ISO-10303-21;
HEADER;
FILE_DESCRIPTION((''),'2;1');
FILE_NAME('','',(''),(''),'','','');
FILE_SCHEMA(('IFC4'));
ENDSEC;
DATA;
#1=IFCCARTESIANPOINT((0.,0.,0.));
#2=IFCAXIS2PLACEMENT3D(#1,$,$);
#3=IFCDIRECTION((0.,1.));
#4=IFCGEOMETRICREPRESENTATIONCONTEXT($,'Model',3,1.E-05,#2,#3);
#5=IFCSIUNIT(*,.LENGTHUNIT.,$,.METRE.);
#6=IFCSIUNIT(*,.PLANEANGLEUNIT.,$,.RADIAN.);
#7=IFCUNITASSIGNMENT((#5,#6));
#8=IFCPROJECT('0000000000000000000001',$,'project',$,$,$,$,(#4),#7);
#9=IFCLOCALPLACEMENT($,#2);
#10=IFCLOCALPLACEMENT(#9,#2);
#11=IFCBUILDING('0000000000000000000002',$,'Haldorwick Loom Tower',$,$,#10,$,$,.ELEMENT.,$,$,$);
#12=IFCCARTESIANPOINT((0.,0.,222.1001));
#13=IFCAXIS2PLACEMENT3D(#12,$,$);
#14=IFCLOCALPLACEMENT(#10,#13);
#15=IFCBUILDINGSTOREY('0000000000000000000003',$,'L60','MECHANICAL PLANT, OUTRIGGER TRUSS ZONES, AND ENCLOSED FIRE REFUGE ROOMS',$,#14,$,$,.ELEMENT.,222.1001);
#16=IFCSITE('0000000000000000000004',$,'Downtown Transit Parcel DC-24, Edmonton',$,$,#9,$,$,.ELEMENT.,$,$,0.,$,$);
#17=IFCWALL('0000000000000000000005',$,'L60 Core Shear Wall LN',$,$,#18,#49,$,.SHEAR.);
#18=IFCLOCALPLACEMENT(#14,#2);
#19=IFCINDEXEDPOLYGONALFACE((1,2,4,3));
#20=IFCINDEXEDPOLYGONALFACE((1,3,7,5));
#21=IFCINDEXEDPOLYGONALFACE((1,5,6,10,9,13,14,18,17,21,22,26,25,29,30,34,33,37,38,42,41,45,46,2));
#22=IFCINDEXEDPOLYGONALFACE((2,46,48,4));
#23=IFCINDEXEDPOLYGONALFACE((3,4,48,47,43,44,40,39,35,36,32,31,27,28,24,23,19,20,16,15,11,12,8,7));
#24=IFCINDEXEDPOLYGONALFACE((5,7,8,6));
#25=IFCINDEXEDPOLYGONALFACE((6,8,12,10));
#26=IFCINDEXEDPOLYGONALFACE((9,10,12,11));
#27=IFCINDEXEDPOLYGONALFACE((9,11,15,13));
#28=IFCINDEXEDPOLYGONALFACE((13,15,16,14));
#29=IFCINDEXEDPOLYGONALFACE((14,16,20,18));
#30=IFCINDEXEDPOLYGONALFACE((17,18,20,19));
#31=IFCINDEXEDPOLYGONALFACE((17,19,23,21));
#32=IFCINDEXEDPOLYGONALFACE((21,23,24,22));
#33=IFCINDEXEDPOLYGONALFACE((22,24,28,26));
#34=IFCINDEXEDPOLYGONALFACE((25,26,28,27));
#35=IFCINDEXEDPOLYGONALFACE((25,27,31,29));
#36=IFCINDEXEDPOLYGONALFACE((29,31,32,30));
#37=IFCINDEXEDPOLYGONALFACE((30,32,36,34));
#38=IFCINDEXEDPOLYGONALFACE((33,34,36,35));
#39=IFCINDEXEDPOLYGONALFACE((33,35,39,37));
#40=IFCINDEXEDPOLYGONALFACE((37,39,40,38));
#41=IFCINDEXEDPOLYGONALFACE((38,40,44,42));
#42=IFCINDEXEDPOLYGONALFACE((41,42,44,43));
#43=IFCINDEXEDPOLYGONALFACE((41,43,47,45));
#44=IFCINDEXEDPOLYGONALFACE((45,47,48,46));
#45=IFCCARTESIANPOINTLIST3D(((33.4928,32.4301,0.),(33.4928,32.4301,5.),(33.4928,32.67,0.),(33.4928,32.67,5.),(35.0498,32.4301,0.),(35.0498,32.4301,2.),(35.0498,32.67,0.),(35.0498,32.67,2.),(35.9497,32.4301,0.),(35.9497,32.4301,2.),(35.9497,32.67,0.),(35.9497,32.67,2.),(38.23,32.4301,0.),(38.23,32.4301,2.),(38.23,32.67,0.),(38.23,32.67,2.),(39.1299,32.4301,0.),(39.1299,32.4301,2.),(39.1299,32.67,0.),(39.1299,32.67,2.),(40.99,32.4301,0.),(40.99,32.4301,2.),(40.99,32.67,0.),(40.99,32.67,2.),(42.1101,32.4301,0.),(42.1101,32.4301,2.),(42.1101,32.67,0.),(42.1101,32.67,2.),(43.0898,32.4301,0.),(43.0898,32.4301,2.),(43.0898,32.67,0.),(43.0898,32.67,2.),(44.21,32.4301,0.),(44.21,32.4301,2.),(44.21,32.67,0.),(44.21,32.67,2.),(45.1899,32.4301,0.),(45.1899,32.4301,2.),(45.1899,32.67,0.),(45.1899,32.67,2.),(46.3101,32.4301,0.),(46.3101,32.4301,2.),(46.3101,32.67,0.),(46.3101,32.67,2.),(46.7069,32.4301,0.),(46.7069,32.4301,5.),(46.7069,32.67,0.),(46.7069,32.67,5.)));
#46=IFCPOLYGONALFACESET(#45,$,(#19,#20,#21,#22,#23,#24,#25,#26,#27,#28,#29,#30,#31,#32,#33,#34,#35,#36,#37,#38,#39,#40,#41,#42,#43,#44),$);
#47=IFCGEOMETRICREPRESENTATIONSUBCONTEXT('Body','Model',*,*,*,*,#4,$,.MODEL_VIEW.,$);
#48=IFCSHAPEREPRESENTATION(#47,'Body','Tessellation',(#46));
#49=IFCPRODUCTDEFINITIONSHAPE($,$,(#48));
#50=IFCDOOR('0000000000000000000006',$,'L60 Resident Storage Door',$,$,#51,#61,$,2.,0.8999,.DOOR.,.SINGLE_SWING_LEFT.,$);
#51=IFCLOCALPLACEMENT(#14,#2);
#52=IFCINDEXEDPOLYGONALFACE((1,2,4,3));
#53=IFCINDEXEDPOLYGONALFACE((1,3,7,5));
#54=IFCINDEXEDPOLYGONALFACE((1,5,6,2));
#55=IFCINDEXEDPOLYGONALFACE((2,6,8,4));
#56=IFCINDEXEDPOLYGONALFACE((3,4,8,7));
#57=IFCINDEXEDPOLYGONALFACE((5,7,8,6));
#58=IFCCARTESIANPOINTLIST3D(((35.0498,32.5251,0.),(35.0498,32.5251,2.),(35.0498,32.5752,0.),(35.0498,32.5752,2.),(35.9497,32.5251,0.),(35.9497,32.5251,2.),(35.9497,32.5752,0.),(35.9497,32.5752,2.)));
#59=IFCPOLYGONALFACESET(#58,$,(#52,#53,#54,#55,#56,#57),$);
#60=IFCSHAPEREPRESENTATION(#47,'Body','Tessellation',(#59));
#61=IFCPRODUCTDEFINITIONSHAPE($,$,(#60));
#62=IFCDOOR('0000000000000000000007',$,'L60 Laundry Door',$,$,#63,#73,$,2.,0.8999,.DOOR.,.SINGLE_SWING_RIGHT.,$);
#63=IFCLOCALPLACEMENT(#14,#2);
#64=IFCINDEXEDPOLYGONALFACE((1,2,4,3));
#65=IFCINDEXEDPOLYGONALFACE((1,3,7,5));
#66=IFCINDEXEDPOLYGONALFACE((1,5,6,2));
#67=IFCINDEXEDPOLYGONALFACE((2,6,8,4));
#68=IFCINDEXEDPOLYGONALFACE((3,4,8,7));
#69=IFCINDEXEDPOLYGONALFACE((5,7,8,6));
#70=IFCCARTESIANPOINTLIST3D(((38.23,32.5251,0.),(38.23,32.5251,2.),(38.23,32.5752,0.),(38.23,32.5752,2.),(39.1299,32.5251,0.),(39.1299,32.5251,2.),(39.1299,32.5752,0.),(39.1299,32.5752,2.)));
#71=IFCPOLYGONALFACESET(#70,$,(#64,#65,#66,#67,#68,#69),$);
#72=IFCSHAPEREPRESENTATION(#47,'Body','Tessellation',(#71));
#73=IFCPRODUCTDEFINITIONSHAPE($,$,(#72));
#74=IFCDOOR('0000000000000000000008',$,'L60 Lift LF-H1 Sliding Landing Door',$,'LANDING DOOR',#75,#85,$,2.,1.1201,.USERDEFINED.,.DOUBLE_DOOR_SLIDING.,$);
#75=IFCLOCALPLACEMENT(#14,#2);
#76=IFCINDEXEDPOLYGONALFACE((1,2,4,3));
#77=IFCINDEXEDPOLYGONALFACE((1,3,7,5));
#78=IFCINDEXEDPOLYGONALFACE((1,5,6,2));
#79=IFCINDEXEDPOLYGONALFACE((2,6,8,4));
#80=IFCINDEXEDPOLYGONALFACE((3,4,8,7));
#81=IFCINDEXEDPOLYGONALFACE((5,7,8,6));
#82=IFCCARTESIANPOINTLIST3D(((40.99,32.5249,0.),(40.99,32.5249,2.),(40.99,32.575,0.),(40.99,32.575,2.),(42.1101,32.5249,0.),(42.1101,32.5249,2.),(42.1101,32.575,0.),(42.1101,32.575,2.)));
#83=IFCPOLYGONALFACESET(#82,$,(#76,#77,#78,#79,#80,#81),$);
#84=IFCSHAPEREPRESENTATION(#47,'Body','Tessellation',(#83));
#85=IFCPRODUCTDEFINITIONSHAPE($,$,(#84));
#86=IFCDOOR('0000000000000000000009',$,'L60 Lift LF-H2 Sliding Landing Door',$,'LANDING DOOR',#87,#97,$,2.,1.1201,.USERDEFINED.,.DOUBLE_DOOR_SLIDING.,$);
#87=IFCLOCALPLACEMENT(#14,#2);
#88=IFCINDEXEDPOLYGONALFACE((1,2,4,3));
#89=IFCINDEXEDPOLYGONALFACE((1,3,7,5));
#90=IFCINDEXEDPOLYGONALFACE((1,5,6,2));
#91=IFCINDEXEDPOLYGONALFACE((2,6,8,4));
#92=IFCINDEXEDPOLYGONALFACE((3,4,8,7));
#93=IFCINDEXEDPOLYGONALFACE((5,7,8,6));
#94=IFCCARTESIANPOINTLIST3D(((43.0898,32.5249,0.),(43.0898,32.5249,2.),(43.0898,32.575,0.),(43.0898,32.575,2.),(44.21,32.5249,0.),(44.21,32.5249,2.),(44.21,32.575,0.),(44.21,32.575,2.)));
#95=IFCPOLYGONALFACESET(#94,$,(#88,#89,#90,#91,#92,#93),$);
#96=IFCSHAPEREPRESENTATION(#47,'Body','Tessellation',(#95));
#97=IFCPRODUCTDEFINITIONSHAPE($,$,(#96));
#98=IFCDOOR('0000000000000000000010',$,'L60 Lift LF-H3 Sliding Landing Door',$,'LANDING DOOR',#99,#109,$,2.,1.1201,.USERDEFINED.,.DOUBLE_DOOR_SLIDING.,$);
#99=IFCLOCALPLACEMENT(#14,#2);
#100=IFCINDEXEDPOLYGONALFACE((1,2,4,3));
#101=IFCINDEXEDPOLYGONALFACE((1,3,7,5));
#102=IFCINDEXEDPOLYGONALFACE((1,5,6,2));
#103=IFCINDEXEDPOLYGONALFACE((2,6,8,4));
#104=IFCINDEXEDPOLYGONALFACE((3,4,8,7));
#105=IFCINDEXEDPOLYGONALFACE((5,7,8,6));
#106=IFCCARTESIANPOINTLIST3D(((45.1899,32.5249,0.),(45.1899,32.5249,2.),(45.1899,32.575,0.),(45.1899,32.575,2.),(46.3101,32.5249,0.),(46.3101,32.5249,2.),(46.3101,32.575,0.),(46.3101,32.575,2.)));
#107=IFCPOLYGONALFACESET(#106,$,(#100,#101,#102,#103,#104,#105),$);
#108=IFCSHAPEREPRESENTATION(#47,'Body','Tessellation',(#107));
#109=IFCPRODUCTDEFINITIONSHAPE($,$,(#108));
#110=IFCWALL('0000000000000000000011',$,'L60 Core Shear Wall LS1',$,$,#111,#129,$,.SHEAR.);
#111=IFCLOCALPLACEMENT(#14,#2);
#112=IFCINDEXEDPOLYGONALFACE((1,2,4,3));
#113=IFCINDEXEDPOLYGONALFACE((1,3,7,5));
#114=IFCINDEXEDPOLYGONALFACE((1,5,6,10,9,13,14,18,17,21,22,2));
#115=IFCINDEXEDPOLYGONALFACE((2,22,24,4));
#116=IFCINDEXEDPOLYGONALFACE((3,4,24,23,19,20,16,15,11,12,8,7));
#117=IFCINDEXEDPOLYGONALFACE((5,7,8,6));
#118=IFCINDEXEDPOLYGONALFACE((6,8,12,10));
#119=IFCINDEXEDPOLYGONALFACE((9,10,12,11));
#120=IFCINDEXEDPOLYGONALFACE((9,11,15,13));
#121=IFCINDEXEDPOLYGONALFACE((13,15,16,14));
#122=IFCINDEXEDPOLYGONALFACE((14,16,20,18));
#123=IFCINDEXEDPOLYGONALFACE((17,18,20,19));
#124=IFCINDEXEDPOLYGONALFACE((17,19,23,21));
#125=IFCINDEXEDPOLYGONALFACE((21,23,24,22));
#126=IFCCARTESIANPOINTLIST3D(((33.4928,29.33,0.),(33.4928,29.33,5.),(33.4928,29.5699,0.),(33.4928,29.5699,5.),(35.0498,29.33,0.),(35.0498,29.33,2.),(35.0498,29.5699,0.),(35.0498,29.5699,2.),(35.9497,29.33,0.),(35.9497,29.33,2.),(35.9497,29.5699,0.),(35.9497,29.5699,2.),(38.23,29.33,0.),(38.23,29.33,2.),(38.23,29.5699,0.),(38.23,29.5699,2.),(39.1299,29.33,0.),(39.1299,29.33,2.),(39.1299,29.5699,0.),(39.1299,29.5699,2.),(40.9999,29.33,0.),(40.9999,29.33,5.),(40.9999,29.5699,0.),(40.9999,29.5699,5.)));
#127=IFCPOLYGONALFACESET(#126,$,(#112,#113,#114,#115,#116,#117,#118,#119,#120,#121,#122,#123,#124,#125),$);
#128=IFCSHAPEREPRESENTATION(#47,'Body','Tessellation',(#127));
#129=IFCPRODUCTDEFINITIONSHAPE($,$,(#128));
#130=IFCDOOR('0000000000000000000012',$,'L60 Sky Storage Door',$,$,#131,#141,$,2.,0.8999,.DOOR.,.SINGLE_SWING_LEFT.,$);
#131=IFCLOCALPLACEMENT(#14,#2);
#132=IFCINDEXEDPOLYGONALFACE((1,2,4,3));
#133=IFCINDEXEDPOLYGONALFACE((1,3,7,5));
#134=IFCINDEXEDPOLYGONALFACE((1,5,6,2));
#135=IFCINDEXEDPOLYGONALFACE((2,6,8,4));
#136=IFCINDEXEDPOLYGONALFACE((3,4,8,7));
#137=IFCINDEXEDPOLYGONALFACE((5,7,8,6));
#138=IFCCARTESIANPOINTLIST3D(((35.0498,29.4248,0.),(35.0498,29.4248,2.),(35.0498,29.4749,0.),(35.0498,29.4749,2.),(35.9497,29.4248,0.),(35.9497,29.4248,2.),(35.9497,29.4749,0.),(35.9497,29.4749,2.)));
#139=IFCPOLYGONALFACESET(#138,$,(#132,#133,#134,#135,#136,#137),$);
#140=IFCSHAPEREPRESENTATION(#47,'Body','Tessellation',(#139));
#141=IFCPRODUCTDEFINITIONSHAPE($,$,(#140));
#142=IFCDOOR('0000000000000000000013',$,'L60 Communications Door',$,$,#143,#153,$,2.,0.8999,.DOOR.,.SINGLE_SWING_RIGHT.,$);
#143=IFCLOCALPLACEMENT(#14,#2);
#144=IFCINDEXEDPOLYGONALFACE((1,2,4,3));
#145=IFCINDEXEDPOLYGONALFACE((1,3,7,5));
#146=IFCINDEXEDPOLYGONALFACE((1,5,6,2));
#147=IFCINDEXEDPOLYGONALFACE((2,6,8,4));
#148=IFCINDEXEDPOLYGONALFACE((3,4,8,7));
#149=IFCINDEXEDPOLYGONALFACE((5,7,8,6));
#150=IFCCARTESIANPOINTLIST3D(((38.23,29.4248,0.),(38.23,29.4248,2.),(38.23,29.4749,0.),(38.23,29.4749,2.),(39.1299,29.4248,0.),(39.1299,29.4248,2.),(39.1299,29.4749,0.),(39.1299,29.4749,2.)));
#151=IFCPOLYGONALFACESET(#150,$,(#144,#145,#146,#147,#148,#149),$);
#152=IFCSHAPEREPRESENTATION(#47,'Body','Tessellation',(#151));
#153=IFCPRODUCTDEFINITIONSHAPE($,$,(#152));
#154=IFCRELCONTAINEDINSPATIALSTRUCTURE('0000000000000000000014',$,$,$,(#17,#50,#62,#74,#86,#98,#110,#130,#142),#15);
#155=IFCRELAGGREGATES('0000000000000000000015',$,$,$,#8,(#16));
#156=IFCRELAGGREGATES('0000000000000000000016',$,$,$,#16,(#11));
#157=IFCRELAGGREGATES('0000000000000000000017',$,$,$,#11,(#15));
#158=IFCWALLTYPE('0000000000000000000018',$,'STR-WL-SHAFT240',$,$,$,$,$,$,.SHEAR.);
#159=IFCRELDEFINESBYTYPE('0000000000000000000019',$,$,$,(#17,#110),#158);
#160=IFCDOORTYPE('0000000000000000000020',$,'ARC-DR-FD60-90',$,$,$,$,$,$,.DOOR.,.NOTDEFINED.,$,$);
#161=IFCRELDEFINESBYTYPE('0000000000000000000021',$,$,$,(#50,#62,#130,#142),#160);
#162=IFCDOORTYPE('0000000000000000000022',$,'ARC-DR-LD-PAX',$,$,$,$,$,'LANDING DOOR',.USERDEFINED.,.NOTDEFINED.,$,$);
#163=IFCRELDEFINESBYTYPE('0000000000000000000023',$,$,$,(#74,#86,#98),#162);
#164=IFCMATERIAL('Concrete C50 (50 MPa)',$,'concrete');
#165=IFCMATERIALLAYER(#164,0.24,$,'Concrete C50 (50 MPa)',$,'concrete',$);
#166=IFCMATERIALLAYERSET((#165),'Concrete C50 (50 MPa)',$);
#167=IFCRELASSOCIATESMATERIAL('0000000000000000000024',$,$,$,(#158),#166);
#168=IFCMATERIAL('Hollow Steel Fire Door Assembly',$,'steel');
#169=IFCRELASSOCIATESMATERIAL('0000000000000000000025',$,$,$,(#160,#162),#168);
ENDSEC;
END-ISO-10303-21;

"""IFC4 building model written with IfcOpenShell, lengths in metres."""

from ifc_helpers import new_model, si_unit, direction, frame, frame_2d, origin, place, context, subcontext, project, spatial, rectangle, extrude, material, layer, layer_set, type_object, element, fill, save


model = new_model("IFC4")

# Units and contexts
model_context = context("Model", 3, precision=1e-05, world=origin(), true_north=direction((0.0, 1.0)))
body_context = subcontext(model_context, "Body", "Model", "MODEL_VIEW")
ifc_project = project(units=[si_unit("LENGTHUNIT", "METRE"), si_unit("PLANEANGLEUNIT", "RADIAN")], contexts=[model_context])

# Site, building, storey
site_placement = place(None, origin())
site = spatial("IfcSite", under=ifc_project, at=site_placement, Name="Downtown Transit Parcel DC-24, Edmonton", CompositionType="ELEMENT", RefElevation=0.0)
building_placement = place(site_placement, origin())
building = spatial("IfcBuilding", under=site, at=building_placement, Name="Haldorwick Loom Tower", CompositionType="ELEMENT")
storey_placement = place(building_placement, frame((0.0, 0.0, 222.1001)))
storey = spatial("IfcBuildingStorey", under=building, at=storey_placement, Name="L60", Description="MECHANICAL PLANT, OUTRIGGER TRUSS ZONES, AND ENCLOSED FIRE REFUGE ROOMS", CompositionType="ELEMENT", Elevation=222.1001)

# Shared definitions
ifc_material_1 = material(Name="Concrete C50 (50 MPa)", Category="concrete")
ifc_layer_1 = layer(ifc_material_1, 0.24, Name="Concrete C50 (50 MPa)", Category="concrete")
ifc_layer_set_1 = layer_set([ifc_layer_1], Name="Concrete C50 (50 MPa)")
wall_type_1 = type_object("IfcWallType", Name="STR-WL-SHAFT240", PredefinedType="SHEAR", material=ifc_layer_set_1)

# Walls, openings, doors
wall_1_placement = place(storey_placement, frame((33.4929, 32.55, 0.0), z_axis=(0.0, 0.0, 1.0), x_axis=(1.0, 0.0, 0.0)))
wall_1 = element("IfcWall", 1, at=wall_1_placement, inside=storey, type_object=wall_type_1, Name="L60 Core Shear Wall LN", PredefinedType="SHEAR", context=body_context, shape_type="SweptSolid", body=[
    extrude(rectangle(XDim=13.2141, YDim=0.24, at=frame_2d((6.6069, 0.0))), origin(), (0.0, 0.0, 1.0), 5.0),
])
opening_1_placement = place(wall_1_placement, frame((1.5569, 0.0, 0.0)))
opening_1 = element("IfcOpeningElement", 2, at=opening_1_placement, cuts=wall_1, PredefinedType="OPENING", context=body_context, shape_type="SweptSolid", body=[
    extrude(rectangle(XDim=0.8999, YDim=2.0, at=frame_2d((0.45, 1.0))), frame((0.0, 0.1299, 0.0), z_axis=(0.0, -1.0, 0.0), x_axis=(1.0, 0.0, 0.0)), (0.0, 0.0, 1.0), 0.26),
])
opening_2_placement = place(wall_1_placement, frame((4.7371, 0.0, 0.0)))
opening_2 = element("IfcOpeningElement", 3, at=opening_2_placement, cuts=wall_1, PredefinedType="OPENING", context=body_context, shape_type="SweptSolid", body=[
    extrude(rectangle(XDim=0.8999, YDim=2.0, at=frame_2d((0.45, 1.0))), frame((0.0, 0.1299, 0.0), z_axis=(0.0, -1.0, 0.0), x_axis=(1.0, 0.0, 0.0)), (0.0, 0.0, 1.0), 0.26),
])
opening_3_placement = place(wall_1_placement, frame((7.4971, 0.0, 0.0)))
opening_3 = element("IfcOpeningElement", 4, at=opening_3_placement, cuts=wall_1, PredefinedType="OPENING", context=body_context, shape_type="SweptSolid", body=[
    extrude(rectangle(XDim=1.1201, YDim=2.0, at=frame_2d((0.5601, 1.0))), frame((0.0, 0.1299, 0.0), z_axis=(0.0, -1.0, 0.0), x_axis=(1.0, 0.0, 0.0)), (0.0, 0.0, 1.0), 0.26),
])
opening_4_placement = place(wall_1_placement, frame((9.5969, 0.0, 0.0)))
opening_4 = element("IfcOpeningElement", 5, at=opening_4_placement, cuts=wall_1, PredefinedType="OPENING", context=body_context, shape_type="SweptSolid", body=[
    extrude(rectangle(XDim=1.1201, YDim=2.0, at=frame_2d((0.5601, 1.0))), frame((0.0, 0.1299, 0.0), z_axis=(0.0, -1.0, 0.0), x_axis=(1.0, 0.0, 0.0)), (0.0, 0.0, 1.0), 0.26),
])
opening_5_placement = place(wall_1_placement, frame((11.697, 0.0, 0.0)))
opening_5 = element("IfcOpeningElement", 6, at=opening_5_placement, cuts=wall_1, PredefinedType="OPENING", context=body_context, shape_type="SweptSolid", body=[
    extrude(rectangle(XDim=1.1201, YDim=2.0, at=frame_2d((0.5601, 1.0))), frame((0.0, 0.1299, 0.0), z_axis=(0.0, -1.0, 0.0), x_axis=(1.0, 0.0, 0.0)), (0.0, 0.0, 1.0), 0.26),
])
ifc_material_2 = material(Name="Hollow Steel Fire Door Assembly", Category="steel")
door_type_1 = type_object("IfcDoorType", Name="ARC-DR-FD60-90", OperationType="NOTDEFINED", PredefinedType="DOOR", material=ifc_material_2)
door_1_placement = place(opening_1_placement, frame((0.8999, 0.0, 0.0), z_axis=(0.0, 0.0, 1.0), x_axis=(-1.0, 0.0, 0.0)))
door_1 = element("IfcDoor", 7, at=door_1_placement, inside=storey, type_object=door_type_1, Name="L60 Resident Storage Door", OperationType="SINGLE_SWING_LEFT", OverallHeight=2.0, OverallWidth=0.8999, PredefinedType="DOOR", context=body_context, shape_type="SweptSolid", body=[
    extrude(rectangle(XDim=0.8999, YDim=2.0, at=frame_2d((0.45, 1.0))), frame((0.0, 0.0249, 0.0), z_axis=(0.0, -1.0, 0.0), x_axis=(1.0, 0.0, 0.0)), (0.0, 0.0, 1.0), 0.05),
])
fill(opening_1, door_1)
door_2_placement = place(opening_2_placement, frame((0.8999, 0.0, 0.0), z_axis=(0.0, 0.0, 1.0), x_axis=(-1.0, 0.0, 0.0)))
door_2 = element("IfcDoor", 8, at=door_2_placement, inside=storey, type_object=door_type_1, Name="L60 Laundry Door", OperationType="SINGLE_SWING_RIGHT", OverallHeight=2.0, OverallWidth=0.8999, PredefinedType="DOOR", context=body_context, shape_type="SweptSolid", body=[
    extrude(rectangle(XDim=0.8999, YDim=2.0, at=frame_2d((0.45, 1.0))), frame((0.0, 0.0249, 0.0), z_axis=(0.0, -1.0, 0.0), x_axis=(1.0, 0.0, 0.0)), (0.0, 0.0, 1.0), 0.05),
])
fill(opening_2, door_2)
door_type_2 = type_object("IfcDoorType", Name="ARC-DR-LD-PAX", ElementType="LANDING DOOR", OperationType="NOTDEFINED", PredefinedType="USERDEFINED", material=ifc_material_2)
door_3_placement = place(opening_3_placement, origin())
door_3 = element("IfcDoor", 9, at=door_3_placement, inside=storey, type_object=door_type_2, Name="L60 Lift LF-H1 Sliding Landing Door", ObjectType="LANDING DOOR", OperationType="DOUBLE_DOOR_SLIDING", OverallHeight=2.0, OverallWidth=1.1201, PredefinedType="USERDEFINED", context=body_context, shape_type="SweptSolid", body=[
    extrude(rectangle(XDim=1.1201, YDim=2.0, at=frame_2d((0.5601, 1.0))), frame((0.0, 0.0249, 0.0), z_axis=(0.0, -1.0, 0.0), x_axis=(1.0, 0.0, 0.0)), (0.0, 0.0, 1.0), 0.05),
])
fill(opening_3, door_3)
door_4_placement = place(opening_4_placement, origin())
door_4 = element("IfcDoor", 10, at=door_4_placement, inside=storey, type_object=door_type_2, Name="L60 Lift LF-H2 Sliding Landing Door", ObjectType="LANDING DOOR", OperationType="DOUBLE_DOOR_SLIDING", OverallHeight=2.0, OverallWidth=1.1201, PredefinedType="USERDEFINED", context=body_context, shape_type="SweptSolid", body=[
    extrude(rectangle(XDim=1.1201, YDim=2.0, at=frame_2d((0.5601, 1.0))), frame((0.0, 0.0249, 0.0), z_axis=(0.0, -1.0, 0.0), x_axis=(1.0, 0.0, 0.0)), (0.0, 0.0, 1.0), 0.05),
])
fill(opening_4, door_4)
door_5_placement = place(opening_5_placement, origin())
door_5 = element("IfcDoor", 11, at=door_5_placement, inside=storey, type_object=door_type_2, Name="L60 Lift LF-H3 Sliding Landing Door", ObjectType="LANDING DOOR", OperationType="DOUBLE_DOOR_SLIDING", OverallHeight=2.0, OverallWidth=1.1201, PredefinedType="USERDEFINED", context=body_context, shape_type="SweptSolid", body=[
    extrude(rectangle(XDim=1.1201, YDim=2.0, at=frame_2d((0.5601, 1.0))), frame((0.0, 0.0249, 0.0), z_axis=(0.0, -1.0, 0.0), x_axis=(1.0, 0.0, 0.0)), (0.0, 0.0, 1.0), 0.05),
])
fill(opening_5, door_5)
wall_2_placement = place(storey_placement, frame((33.4929, 29.45, 0.0), z_axis=(0.0, 0.0, 1.0), x_axis=(1.0, 0.0, 0.0)))
wall_2 = element("IfcWall", 12, at=wall_2_placement, inside=storey, type_object=wall_type_1, Name="L60 Core Shear Wall LS1", PredefinedType="SHEAR", context=body_context, shape_type="SweptSolid", body=[
    extrude(rectangle(XDim=7.5071, YDim=0.24, at=frame_2d((3.7534, 0.0))), origin(), (0.0, 0.0, 1.0), 5.0),
])
opening_6_placement = place(wall_2_placement, frame((1.5569, 0.0, 0.0)))
opening_6 = element("IfcOpeningElement", 13, at=opening_6_placement, cuts=wall_2, PredefinedType="OPENING", context=body_context, shape_type="SweptSolid", body=[
    extrude(rectangle(XDim=0.8999, YDim=2.0, at=frame_2d((0.45, 1.0))), frame((0.0, 0.1299, 0.0), z_axis=(0.0, -1.0, 0.0), x_axis=(1.0, 0.0, 0.0)), (0.0, 0.0, 1.0), 0.26),
])
opening_7_placement = place(wall_2_placement, frame((4.7371, 0.0, 0.0)))
opening_7 = element("IfcOpeningElement", 14, at=opening_7_placement, cuts=wall_2, PredefinedType="OPENING", context=body_context, shape_type="SweptSolid", body=[
    extrude(rectangle(XDim=0.8999, YDim=2.0, at=frame_2d((0.45, 1.0))), frame((0.0, 0.1299, 0.0), z_axis=(0.0, -1.0, 0.0), x_axis=(1.0, 0.0, 0.0)), (0.0, 0.0, 1.0), 0.26),
])
door_6_placement = place(opening_6_placement, origin())
door_6 = element("IfcDoor", 15, at=door_6_placement, inside=storey, type_object=door_type_1, Name="L60 Sky Storage Door", OperationType="SINGLE_SWING_LEFT", OverallHeight=2.0, OverallWidth=0.8999, PredefinedType="DOOR", context=body_context, shape_type="SweptSolid", body=[
    extrude(rectangle(XDim=0.8999, YDim=2.0, at=frame_2d((0.45, 1.0))), frame((0.0, 0.0249, 0.0), z_axis=(0.0, -1.0, 0.0), x_axis=(1.0, 0.0, 0.0)), (0.0, 0.0, 1.0), 0.05),
])
fill(opening_6, door_6)
door_7_placement = place(opening_7_placement, origin())
door_7 = element("IfcDoor", 16, at=door_7_placement, inside=storey, type_object=door_type_1, Name="L60 Communications Door", OperationType="SINGLE_SWING_RIGHT", OverallHeight=2.0, OverallWidth=0.8999, PredefinedType="DOOR", context=body_context, shape_type="SweptSolid", body=[
    extrude(rectangle(XDim=0.8999, YDim=2.0, at=frame_2d((0.45, 1.0))), frame((0.0, 0.0249, 0.0), z_axis=(0.0, -1.0, 0.0), x_axis=(1.0, 0.0, 0.0)), (0.0, 0.0, 1.0), 0.05),
])
fill(opening_7, door_7)

save(model, "model.ifc")
